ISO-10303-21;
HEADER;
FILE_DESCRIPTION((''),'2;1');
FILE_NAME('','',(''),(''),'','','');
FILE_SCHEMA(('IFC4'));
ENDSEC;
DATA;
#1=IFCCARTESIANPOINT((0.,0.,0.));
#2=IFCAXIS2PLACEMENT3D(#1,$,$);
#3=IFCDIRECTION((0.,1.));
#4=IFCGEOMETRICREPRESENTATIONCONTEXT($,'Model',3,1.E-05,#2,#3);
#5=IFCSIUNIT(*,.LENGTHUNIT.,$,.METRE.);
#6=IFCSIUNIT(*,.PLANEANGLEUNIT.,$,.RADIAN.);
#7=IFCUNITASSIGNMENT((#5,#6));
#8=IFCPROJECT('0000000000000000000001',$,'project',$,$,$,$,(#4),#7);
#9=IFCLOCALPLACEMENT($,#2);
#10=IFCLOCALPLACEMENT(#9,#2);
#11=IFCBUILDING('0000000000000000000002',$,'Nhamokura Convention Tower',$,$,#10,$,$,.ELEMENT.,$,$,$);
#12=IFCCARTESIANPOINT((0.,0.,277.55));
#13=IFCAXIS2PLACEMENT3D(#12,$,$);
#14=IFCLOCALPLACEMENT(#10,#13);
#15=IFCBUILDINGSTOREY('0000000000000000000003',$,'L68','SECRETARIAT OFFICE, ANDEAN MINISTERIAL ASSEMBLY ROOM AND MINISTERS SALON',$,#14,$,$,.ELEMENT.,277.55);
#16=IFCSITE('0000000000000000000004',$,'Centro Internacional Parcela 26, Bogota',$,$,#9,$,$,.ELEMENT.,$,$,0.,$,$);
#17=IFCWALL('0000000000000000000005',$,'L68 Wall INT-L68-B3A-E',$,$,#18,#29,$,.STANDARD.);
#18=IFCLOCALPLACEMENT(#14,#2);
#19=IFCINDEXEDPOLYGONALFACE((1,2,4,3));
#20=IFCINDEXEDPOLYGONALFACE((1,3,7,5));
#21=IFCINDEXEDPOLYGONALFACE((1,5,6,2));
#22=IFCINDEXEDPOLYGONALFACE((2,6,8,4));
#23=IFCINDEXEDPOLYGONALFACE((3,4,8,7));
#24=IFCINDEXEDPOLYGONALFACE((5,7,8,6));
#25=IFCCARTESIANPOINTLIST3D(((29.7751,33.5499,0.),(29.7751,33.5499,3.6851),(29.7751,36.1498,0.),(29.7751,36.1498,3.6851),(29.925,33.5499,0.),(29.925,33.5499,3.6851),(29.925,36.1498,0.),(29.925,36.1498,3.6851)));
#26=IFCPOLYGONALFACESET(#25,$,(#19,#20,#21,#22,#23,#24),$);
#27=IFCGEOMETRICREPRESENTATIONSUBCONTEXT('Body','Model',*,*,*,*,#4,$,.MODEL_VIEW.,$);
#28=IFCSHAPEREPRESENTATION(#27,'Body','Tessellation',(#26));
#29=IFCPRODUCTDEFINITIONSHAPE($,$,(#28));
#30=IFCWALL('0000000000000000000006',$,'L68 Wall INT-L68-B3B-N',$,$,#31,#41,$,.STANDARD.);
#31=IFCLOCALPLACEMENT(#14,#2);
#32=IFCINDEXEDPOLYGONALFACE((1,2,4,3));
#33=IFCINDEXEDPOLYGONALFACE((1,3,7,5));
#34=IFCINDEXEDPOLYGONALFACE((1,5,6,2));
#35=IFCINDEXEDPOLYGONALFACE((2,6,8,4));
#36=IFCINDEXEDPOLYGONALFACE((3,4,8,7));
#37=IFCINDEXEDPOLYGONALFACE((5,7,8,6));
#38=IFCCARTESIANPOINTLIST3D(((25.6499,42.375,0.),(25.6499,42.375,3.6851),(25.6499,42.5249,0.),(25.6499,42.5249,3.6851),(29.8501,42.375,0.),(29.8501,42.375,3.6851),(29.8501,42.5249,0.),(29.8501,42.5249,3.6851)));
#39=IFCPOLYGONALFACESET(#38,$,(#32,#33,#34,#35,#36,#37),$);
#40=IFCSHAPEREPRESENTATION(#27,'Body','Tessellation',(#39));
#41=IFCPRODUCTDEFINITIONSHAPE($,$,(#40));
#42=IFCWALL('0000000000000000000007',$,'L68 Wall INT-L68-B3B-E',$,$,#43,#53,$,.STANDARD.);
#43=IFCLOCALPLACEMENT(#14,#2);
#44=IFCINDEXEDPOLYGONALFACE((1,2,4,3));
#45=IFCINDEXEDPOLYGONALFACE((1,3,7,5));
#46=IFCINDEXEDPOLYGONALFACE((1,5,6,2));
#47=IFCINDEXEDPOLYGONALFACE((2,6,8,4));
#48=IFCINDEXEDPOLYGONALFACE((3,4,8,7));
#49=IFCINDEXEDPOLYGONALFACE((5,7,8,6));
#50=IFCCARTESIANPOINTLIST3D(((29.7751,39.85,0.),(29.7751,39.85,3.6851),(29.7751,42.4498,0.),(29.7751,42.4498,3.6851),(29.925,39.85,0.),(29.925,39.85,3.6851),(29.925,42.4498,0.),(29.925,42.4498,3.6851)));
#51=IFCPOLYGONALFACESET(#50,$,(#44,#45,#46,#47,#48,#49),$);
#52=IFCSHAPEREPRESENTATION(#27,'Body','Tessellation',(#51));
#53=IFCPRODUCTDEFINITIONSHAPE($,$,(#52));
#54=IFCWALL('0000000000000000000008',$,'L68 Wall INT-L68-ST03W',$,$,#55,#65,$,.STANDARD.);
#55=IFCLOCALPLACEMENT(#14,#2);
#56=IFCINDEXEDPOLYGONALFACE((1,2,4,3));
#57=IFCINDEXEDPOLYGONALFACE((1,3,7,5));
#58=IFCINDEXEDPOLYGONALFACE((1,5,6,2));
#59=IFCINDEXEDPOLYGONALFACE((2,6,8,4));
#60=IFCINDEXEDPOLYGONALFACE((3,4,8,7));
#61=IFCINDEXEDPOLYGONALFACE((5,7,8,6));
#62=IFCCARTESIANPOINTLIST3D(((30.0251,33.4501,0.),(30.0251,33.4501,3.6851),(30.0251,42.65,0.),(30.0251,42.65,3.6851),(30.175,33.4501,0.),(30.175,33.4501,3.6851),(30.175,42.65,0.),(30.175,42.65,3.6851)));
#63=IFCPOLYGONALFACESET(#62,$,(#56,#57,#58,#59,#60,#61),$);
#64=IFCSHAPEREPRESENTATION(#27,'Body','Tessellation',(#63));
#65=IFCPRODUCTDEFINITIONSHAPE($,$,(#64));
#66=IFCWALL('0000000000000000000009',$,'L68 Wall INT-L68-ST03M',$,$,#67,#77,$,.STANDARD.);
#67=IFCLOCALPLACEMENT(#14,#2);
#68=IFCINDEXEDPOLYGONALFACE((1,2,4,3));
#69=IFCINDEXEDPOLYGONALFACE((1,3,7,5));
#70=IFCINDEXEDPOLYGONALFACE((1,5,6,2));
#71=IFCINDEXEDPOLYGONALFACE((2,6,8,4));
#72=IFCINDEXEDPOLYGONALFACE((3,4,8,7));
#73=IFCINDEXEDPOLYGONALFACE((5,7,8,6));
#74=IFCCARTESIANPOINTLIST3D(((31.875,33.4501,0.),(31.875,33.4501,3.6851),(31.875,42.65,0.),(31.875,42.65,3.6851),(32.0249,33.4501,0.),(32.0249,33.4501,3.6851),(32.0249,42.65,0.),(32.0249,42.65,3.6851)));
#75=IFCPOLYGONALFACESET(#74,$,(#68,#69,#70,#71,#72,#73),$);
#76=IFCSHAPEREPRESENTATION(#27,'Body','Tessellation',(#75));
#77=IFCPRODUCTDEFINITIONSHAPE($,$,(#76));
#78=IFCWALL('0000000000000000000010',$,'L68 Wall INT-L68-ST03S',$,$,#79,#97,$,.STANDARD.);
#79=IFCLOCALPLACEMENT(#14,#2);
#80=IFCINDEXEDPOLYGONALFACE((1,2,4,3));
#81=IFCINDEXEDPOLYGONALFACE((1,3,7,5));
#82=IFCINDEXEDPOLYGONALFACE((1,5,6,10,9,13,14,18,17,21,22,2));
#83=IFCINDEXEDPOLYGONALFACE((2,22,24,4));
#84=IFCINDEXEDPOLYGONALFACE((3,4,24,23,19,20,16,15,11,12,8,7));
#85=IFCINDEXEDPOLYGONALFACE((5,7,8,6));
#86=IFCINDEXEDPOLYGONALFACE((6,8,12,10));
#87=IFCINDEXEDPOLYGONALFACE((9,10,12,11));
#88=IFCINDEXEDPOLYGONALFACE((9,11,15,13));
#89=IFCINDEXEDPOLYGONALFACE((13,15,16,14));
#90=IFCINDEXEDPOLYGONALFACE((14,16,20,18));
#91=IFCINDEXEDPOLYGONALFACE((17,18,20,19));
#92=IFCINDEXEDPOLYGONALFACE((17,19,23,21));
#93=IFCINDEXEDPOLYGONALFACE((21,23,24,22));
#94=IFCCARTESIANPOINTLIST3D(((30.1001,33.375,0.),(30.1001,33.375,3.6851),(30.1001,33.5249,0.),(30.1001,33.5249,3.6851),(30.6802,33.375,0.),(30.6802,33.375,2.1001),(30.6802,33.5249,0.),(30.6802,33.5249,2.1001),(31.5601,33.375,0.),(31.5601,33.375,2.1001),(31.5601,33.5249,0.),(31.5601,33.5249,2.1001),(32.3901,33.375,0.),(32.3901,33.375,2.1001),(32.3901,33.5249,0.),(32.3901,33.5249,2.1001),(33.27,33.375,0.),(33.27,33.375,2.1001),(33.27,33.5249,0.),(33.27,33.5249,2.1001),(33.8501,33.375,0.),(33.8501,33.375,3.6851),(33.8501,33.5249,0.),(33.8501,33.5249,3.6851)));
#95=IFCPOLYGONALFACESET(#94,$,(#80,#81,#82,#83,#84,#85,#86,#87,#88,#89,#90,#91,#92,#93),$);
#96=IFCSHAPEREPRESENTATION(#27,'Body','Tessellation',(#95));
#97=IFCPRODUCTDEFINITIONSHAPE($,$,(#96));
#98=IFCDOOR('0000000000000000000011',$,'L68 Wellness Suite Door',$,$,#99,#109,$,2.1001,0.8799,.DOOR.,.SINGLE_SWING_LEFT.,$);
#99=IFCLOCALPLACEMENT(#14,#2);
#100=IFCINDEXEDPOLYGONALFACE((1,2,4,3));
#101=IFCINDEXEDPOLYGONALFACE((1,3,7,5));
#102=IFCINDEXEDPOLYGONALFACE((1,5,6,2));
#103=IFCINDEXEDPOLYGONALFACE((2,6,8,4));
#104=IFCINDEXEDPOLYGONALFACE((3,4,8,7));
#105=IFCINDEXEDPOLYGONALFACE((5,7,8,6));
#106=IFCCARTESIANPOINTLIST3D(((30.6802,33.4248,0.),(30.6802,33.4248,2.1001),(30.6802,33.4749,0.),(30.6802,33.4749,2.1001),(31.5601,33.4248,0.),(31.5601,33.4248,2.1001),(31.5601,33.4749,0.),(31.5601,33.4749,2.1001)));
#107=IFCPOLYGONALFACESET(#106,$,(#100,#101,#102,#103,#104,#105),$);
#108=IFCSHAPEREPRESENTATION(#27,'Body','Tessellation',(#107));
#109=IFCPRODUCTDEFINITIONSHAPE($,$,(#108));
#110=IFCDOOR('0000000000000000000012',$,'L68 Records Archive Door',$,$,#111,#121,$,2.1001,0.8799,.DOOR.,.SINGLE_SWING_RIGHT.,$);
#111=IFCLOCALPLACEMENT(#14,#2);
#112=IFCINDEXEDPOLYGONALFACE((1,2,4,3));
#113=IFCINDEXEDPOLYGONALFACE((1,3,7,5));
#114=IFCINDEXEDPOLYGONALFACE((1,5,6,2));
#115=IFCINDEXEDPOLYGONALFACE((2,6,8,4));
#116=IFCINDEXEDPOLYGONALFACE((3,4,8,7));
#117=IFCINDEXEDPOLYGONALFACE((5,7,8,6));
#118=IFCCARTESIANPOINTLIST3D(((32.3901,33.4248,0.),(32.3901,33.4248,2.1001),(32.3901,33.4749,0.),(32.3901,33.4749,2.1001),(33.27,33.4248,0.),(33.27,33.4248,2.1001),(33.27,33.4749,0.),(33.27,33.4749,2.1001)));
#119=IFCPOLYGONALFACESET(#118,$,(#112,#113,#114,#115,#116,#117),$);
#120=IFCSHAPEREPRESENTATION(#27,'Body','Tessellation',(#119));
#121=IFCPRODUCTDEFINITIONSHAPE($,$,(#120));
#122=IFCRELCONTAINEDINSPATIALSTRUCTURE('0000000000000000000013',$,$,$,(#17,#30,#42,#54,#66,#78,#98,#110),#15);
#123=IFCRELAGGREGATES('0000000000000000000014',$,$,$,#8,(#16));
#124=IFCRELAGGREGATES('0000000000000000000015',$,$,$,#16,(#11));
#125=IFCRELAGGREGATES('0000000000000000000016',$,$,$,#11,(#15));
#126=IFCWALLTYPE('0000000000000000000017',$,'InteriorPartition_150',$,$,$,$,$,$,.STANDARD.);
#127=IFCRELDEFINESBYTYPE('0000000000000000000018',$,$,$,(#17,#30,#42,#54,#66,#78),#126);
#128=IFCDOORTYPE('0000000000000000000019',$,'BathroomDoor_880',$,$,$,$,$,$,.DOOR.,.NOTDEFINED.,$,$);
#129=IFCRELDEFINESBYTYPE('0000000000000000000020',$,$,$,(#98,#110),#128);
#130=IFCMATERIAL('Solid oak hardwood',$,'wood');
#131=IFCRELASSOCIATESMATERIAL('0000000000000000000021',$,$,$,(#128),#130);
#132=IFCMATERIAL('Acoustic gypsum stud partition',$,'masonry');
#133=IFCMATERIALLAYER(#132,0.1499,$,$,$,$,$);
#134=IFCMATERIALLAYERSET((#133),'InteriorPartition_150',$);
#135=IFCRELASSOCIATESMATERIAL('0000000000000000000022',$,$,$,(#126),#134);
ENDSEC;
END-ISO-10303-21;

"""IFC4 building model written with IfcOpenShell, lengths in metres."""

from ifc_helpers import new_model, si_unit, direction, frame, frame_2d, origin, place, context, subcontext, project, spatial, rectangle, extrude, material, layer, layer_set, type_object, element, fill, save


model = new_model("IFC4")

# Units and contexts
model_context = context("Model", 3, precision=1e-05, world=origin(), true_north=direction((0.0, 1.0)))
body_context = subcontext(model_context, "Body", "Model", "MODEL_VIEW")
ifc_project = project(units=[si_unit("LENGTHUNIT", "METRE"), si_unit("PLANEANGLEUNIT", "RADIAN")], contexts=[model_context])

# Site, building, storey
site_placement = place(None, origin())
site = spatial("IfcSite", under=ifc_project, at=site_placement, Name="Centro Internacional Parcela 26, Bogota", CompositionType="ELEMENT", RefElevation=0.0)
building_placement = place(site_placement, origin())
building = spatial("IfcBuilding", under=site, at=building_placement, Name="Nhamokura Convention Tower", CompositionType="ELEMENT")
storey_placement = place(building_placement, frame((0.0, 0.0, 277.55)))
storey = spatial("IfcBuildingStorey", under=building, at=storey_placement, Name="L68", Description="SECRETARIAT OFFICE, ANDEAN MINISTERIAL ASSEMBLY ROOM AND MINISTERS SALON", CompositionType="ELEMENT", Elevation=277.55)

# Shared definitions
ifc_material_1 = material(Name="Solid oak hardwood", Category="wood")
door_type_1 = type_object("IfcDoorType", Name="BathroomDoor_880", OperationType="NOTDEFINED", PredefinedType="DOOR", material=ifc_material_1)

# Walls
ifc_material_2 = material(Name="Acoustic gypsum stud partition", Category="masonry")
ifc_layer_1 = layer(ifc_material_2, 0.1499)
ifc_layer_set_1 = layer_set([ifc_layer_1], Name="InteriorPartition_150")
wall_type_1 = type_object("IfcWallType", Name="InteriorPartition_150", PredefinedType="STANDARD", material=ifc_layer_set_1)
wall_1_placement = place(storey_placement, frame((29.8501, 33.55, 0.0), z_axis=(0.0, 0.0, 1.0), x_axis=(0.0, 1.0, 0.0)))
element("IfcWall", 1, at=wall_1_placement, inside=storey, type_object=wall_type_1, Name="L68 Wall INT-L68-B3A-E", PredefinedType="STANDARD", context=body_context, shape_type="SweptSolid", body=[
    extrude(rectangle(XDim=2.5999, YDim=0.1499, at=frame_2d((1.2998, 0.0))), origin(), (0.0, 0.0, 1.0), 3.6851),
])
wall_2_placement = place(storey_placement, frame((25.6499, 42.45, 0.0), z_axis=(0.0, 0.0, 1.0), x_axis=(1.0, 0.0, 0.0)))
element("IfcWall", 2, at=wall_2_placement, inside=storey, type_object=wall_type_1, Name="L68 Wall INT-L68-B3B-N", PredefinedType="STANDARD", context=body_context, shape_type="SweptSolid", body=[
    extrude(rectangle(XDim=4.2002, YDim=0.1499, at=frame_2d((2.1001, 0.0))), origin(), (0.0, 0.0, 1.0), 3.6851),
])
wall_3_placement = place(storey_placement, frame((29.8501, 39.8501, 0.0), z_axis=(0.0, 0.0, 1.0), x_axis=(0.0, 1.0, 0.0)))
element("IfcWall", 3, at=wall_3_placement, inside=storey, type_object=wall_type_1, Name="L68 Wall INT-L68-B3B-E", PredefinedType="STANDARD", context=body_context, shape_type="SweptSolid", body=[
    extrude(rectangle(XDim=2.5999, YDim=0.1499, at=frame_2d((1.2998, 0.0))), origin(), (0.0, 0.0, 1.0), 3.6851),
])
for number, where, z_axis, x_axis, name in (
    (4, (30.1001, 33.45, 0.0), (0.0, 0.0, 1.0), (0.0, 1.0, 0.0), "L68 Wall INT-L68-ST03W"),
    (5, (31.95, 33.45, 0.0), (0.0, 0.0, 1.0), (0.0, 1.0, 0.0), "L68 Wall INT-L68-ST03M"),
):
    element("IfcWall", number, at=place(storey_placement, frame(where, z_axis=z_axis, x_axis=x_axis)), inside=storey, type_object=wall_type_1, Name=name, PredefinedType="STANDARD", context=body_context, shape_type="SweptSolid", body=[
        extrude(rectangle(XDim=9.2, YDim=0.1499, at=frame_2d((4.6001, 0.0))), origin(), (0.0, 0.0, 1.0), 3.6851),
    ])

# Wall, openings, doors
wall_4_placement = place(storey_placement, frame((30.1001, 33.45, 0.0), z_axis=(0.0, 0.0, 1.0), x_axis=(1.0, 0.0, 0.0)))
wall_4 = element("IfcWall", 6, at=wall_4_placement, inside=storey, type_object=wall_type_1, Name="L68 Wall INT-L68-ST03S", PredefinedType="STANDARD", context=body_context, shape_type="SweptSolid", body=[
    extrude(rectangle(XDim=3.75, YDim=0.1499, at=frame_2d((1.875, 0.0))), origin(), (0.0, 0.0, 1.0), 3.6851),
])
opening_1_placement = place(wall_4_placement, frame((0.5801, 0.0, 0.0)))
opening_1 = element("IfcOpeningElement", 7, at=opening_1_placement, cuts=wall_4, PredefinedType="OPENING", context=body_context, shape_type="SweptSolid", body=[
    extrude(rectangle(XDim=0.8799, YDim=2.1001, at=frame_2d((0.4399, 1.05))), frame((0.0, 0.085, 0.0), z_axis=(0.0, -1.0, 0.0), x_axis=(1.0, 0.0, 0.0)), (0.0, 0.0, 1.0), 0.1699),
])
opening_2_placement = place(wall_4_placement, frame((2.29, 0.0, 0.0)))
opening_2 = element("IfcOpeningElement", 8, at=opening_2_placement, cuts=wall_4, PredefinedType="OPENING", context=body_context, shape_type="SweptSolid", body=[
    extrude(rectangle(XDim=0.8799, YDim=2.1001, at=frame_2d((0.4399, 1.05))), frame((0.0, 0.085, 0.0), z_axis=(0.0, -1.0, 0.0), x_axis=(1.0, 0.0, 0.0)), (0.0, 0.0, 1.0), 0.1699),
])
door_1_placement = place(opening_1_placement, origin())
door_1 = element("IfcDoor", 9, at=door_1_placement, inside=storey, type_object=door_type_1, Name="L68 Wellness Suite Door", OperationType="SINGLE_SWING_LEFT", OverallHeight=2.1001, OverallWidth=0.8799, PredefinedType="DOOR", context=body_context, shape_type="SweptSolid", body=[
    extrude(rectangle(XDim=0.8799, YDim=2.1001, at=frame_2d((0.4399, 1.05))), frame((0.0, 0.0249, 0.0), z_axis=(0.0, -1.0, 0.0), x_axis=(1.0, 0.0, 0.0)), (0.0, 0.0, 1.0), 0.05),
])
fill(opening_1, door_1)
door_2_placement = place(opening_2_placement, origin())
door_2 = element("IfcDoor", 10, at=door_2_placement, inside=storey, type_object=door_type_1, Name="L68 Records Archive Door", OperationType="SINGLE_SWING_RIGHT", OverallHeight=2.1001, OverallWidth=0.8799, PredefinedType="DOOR", context=body_context, shape_type="SweptSolid", body=[
    extrude(rectangle(XDim=0.8799, YDim=2.1001, at=frame_2d((0.4399, 1.05))), frame((0.0, 0.0249, 0.0), z_axis=(0.0, -1.0, 0.0), x_axis=(1.0, 0.0, 0.0)), (0.0, 0.0, 1.0), 0.05),
])
fill(opening_2, door_2)

save(model, "model.ifc")
